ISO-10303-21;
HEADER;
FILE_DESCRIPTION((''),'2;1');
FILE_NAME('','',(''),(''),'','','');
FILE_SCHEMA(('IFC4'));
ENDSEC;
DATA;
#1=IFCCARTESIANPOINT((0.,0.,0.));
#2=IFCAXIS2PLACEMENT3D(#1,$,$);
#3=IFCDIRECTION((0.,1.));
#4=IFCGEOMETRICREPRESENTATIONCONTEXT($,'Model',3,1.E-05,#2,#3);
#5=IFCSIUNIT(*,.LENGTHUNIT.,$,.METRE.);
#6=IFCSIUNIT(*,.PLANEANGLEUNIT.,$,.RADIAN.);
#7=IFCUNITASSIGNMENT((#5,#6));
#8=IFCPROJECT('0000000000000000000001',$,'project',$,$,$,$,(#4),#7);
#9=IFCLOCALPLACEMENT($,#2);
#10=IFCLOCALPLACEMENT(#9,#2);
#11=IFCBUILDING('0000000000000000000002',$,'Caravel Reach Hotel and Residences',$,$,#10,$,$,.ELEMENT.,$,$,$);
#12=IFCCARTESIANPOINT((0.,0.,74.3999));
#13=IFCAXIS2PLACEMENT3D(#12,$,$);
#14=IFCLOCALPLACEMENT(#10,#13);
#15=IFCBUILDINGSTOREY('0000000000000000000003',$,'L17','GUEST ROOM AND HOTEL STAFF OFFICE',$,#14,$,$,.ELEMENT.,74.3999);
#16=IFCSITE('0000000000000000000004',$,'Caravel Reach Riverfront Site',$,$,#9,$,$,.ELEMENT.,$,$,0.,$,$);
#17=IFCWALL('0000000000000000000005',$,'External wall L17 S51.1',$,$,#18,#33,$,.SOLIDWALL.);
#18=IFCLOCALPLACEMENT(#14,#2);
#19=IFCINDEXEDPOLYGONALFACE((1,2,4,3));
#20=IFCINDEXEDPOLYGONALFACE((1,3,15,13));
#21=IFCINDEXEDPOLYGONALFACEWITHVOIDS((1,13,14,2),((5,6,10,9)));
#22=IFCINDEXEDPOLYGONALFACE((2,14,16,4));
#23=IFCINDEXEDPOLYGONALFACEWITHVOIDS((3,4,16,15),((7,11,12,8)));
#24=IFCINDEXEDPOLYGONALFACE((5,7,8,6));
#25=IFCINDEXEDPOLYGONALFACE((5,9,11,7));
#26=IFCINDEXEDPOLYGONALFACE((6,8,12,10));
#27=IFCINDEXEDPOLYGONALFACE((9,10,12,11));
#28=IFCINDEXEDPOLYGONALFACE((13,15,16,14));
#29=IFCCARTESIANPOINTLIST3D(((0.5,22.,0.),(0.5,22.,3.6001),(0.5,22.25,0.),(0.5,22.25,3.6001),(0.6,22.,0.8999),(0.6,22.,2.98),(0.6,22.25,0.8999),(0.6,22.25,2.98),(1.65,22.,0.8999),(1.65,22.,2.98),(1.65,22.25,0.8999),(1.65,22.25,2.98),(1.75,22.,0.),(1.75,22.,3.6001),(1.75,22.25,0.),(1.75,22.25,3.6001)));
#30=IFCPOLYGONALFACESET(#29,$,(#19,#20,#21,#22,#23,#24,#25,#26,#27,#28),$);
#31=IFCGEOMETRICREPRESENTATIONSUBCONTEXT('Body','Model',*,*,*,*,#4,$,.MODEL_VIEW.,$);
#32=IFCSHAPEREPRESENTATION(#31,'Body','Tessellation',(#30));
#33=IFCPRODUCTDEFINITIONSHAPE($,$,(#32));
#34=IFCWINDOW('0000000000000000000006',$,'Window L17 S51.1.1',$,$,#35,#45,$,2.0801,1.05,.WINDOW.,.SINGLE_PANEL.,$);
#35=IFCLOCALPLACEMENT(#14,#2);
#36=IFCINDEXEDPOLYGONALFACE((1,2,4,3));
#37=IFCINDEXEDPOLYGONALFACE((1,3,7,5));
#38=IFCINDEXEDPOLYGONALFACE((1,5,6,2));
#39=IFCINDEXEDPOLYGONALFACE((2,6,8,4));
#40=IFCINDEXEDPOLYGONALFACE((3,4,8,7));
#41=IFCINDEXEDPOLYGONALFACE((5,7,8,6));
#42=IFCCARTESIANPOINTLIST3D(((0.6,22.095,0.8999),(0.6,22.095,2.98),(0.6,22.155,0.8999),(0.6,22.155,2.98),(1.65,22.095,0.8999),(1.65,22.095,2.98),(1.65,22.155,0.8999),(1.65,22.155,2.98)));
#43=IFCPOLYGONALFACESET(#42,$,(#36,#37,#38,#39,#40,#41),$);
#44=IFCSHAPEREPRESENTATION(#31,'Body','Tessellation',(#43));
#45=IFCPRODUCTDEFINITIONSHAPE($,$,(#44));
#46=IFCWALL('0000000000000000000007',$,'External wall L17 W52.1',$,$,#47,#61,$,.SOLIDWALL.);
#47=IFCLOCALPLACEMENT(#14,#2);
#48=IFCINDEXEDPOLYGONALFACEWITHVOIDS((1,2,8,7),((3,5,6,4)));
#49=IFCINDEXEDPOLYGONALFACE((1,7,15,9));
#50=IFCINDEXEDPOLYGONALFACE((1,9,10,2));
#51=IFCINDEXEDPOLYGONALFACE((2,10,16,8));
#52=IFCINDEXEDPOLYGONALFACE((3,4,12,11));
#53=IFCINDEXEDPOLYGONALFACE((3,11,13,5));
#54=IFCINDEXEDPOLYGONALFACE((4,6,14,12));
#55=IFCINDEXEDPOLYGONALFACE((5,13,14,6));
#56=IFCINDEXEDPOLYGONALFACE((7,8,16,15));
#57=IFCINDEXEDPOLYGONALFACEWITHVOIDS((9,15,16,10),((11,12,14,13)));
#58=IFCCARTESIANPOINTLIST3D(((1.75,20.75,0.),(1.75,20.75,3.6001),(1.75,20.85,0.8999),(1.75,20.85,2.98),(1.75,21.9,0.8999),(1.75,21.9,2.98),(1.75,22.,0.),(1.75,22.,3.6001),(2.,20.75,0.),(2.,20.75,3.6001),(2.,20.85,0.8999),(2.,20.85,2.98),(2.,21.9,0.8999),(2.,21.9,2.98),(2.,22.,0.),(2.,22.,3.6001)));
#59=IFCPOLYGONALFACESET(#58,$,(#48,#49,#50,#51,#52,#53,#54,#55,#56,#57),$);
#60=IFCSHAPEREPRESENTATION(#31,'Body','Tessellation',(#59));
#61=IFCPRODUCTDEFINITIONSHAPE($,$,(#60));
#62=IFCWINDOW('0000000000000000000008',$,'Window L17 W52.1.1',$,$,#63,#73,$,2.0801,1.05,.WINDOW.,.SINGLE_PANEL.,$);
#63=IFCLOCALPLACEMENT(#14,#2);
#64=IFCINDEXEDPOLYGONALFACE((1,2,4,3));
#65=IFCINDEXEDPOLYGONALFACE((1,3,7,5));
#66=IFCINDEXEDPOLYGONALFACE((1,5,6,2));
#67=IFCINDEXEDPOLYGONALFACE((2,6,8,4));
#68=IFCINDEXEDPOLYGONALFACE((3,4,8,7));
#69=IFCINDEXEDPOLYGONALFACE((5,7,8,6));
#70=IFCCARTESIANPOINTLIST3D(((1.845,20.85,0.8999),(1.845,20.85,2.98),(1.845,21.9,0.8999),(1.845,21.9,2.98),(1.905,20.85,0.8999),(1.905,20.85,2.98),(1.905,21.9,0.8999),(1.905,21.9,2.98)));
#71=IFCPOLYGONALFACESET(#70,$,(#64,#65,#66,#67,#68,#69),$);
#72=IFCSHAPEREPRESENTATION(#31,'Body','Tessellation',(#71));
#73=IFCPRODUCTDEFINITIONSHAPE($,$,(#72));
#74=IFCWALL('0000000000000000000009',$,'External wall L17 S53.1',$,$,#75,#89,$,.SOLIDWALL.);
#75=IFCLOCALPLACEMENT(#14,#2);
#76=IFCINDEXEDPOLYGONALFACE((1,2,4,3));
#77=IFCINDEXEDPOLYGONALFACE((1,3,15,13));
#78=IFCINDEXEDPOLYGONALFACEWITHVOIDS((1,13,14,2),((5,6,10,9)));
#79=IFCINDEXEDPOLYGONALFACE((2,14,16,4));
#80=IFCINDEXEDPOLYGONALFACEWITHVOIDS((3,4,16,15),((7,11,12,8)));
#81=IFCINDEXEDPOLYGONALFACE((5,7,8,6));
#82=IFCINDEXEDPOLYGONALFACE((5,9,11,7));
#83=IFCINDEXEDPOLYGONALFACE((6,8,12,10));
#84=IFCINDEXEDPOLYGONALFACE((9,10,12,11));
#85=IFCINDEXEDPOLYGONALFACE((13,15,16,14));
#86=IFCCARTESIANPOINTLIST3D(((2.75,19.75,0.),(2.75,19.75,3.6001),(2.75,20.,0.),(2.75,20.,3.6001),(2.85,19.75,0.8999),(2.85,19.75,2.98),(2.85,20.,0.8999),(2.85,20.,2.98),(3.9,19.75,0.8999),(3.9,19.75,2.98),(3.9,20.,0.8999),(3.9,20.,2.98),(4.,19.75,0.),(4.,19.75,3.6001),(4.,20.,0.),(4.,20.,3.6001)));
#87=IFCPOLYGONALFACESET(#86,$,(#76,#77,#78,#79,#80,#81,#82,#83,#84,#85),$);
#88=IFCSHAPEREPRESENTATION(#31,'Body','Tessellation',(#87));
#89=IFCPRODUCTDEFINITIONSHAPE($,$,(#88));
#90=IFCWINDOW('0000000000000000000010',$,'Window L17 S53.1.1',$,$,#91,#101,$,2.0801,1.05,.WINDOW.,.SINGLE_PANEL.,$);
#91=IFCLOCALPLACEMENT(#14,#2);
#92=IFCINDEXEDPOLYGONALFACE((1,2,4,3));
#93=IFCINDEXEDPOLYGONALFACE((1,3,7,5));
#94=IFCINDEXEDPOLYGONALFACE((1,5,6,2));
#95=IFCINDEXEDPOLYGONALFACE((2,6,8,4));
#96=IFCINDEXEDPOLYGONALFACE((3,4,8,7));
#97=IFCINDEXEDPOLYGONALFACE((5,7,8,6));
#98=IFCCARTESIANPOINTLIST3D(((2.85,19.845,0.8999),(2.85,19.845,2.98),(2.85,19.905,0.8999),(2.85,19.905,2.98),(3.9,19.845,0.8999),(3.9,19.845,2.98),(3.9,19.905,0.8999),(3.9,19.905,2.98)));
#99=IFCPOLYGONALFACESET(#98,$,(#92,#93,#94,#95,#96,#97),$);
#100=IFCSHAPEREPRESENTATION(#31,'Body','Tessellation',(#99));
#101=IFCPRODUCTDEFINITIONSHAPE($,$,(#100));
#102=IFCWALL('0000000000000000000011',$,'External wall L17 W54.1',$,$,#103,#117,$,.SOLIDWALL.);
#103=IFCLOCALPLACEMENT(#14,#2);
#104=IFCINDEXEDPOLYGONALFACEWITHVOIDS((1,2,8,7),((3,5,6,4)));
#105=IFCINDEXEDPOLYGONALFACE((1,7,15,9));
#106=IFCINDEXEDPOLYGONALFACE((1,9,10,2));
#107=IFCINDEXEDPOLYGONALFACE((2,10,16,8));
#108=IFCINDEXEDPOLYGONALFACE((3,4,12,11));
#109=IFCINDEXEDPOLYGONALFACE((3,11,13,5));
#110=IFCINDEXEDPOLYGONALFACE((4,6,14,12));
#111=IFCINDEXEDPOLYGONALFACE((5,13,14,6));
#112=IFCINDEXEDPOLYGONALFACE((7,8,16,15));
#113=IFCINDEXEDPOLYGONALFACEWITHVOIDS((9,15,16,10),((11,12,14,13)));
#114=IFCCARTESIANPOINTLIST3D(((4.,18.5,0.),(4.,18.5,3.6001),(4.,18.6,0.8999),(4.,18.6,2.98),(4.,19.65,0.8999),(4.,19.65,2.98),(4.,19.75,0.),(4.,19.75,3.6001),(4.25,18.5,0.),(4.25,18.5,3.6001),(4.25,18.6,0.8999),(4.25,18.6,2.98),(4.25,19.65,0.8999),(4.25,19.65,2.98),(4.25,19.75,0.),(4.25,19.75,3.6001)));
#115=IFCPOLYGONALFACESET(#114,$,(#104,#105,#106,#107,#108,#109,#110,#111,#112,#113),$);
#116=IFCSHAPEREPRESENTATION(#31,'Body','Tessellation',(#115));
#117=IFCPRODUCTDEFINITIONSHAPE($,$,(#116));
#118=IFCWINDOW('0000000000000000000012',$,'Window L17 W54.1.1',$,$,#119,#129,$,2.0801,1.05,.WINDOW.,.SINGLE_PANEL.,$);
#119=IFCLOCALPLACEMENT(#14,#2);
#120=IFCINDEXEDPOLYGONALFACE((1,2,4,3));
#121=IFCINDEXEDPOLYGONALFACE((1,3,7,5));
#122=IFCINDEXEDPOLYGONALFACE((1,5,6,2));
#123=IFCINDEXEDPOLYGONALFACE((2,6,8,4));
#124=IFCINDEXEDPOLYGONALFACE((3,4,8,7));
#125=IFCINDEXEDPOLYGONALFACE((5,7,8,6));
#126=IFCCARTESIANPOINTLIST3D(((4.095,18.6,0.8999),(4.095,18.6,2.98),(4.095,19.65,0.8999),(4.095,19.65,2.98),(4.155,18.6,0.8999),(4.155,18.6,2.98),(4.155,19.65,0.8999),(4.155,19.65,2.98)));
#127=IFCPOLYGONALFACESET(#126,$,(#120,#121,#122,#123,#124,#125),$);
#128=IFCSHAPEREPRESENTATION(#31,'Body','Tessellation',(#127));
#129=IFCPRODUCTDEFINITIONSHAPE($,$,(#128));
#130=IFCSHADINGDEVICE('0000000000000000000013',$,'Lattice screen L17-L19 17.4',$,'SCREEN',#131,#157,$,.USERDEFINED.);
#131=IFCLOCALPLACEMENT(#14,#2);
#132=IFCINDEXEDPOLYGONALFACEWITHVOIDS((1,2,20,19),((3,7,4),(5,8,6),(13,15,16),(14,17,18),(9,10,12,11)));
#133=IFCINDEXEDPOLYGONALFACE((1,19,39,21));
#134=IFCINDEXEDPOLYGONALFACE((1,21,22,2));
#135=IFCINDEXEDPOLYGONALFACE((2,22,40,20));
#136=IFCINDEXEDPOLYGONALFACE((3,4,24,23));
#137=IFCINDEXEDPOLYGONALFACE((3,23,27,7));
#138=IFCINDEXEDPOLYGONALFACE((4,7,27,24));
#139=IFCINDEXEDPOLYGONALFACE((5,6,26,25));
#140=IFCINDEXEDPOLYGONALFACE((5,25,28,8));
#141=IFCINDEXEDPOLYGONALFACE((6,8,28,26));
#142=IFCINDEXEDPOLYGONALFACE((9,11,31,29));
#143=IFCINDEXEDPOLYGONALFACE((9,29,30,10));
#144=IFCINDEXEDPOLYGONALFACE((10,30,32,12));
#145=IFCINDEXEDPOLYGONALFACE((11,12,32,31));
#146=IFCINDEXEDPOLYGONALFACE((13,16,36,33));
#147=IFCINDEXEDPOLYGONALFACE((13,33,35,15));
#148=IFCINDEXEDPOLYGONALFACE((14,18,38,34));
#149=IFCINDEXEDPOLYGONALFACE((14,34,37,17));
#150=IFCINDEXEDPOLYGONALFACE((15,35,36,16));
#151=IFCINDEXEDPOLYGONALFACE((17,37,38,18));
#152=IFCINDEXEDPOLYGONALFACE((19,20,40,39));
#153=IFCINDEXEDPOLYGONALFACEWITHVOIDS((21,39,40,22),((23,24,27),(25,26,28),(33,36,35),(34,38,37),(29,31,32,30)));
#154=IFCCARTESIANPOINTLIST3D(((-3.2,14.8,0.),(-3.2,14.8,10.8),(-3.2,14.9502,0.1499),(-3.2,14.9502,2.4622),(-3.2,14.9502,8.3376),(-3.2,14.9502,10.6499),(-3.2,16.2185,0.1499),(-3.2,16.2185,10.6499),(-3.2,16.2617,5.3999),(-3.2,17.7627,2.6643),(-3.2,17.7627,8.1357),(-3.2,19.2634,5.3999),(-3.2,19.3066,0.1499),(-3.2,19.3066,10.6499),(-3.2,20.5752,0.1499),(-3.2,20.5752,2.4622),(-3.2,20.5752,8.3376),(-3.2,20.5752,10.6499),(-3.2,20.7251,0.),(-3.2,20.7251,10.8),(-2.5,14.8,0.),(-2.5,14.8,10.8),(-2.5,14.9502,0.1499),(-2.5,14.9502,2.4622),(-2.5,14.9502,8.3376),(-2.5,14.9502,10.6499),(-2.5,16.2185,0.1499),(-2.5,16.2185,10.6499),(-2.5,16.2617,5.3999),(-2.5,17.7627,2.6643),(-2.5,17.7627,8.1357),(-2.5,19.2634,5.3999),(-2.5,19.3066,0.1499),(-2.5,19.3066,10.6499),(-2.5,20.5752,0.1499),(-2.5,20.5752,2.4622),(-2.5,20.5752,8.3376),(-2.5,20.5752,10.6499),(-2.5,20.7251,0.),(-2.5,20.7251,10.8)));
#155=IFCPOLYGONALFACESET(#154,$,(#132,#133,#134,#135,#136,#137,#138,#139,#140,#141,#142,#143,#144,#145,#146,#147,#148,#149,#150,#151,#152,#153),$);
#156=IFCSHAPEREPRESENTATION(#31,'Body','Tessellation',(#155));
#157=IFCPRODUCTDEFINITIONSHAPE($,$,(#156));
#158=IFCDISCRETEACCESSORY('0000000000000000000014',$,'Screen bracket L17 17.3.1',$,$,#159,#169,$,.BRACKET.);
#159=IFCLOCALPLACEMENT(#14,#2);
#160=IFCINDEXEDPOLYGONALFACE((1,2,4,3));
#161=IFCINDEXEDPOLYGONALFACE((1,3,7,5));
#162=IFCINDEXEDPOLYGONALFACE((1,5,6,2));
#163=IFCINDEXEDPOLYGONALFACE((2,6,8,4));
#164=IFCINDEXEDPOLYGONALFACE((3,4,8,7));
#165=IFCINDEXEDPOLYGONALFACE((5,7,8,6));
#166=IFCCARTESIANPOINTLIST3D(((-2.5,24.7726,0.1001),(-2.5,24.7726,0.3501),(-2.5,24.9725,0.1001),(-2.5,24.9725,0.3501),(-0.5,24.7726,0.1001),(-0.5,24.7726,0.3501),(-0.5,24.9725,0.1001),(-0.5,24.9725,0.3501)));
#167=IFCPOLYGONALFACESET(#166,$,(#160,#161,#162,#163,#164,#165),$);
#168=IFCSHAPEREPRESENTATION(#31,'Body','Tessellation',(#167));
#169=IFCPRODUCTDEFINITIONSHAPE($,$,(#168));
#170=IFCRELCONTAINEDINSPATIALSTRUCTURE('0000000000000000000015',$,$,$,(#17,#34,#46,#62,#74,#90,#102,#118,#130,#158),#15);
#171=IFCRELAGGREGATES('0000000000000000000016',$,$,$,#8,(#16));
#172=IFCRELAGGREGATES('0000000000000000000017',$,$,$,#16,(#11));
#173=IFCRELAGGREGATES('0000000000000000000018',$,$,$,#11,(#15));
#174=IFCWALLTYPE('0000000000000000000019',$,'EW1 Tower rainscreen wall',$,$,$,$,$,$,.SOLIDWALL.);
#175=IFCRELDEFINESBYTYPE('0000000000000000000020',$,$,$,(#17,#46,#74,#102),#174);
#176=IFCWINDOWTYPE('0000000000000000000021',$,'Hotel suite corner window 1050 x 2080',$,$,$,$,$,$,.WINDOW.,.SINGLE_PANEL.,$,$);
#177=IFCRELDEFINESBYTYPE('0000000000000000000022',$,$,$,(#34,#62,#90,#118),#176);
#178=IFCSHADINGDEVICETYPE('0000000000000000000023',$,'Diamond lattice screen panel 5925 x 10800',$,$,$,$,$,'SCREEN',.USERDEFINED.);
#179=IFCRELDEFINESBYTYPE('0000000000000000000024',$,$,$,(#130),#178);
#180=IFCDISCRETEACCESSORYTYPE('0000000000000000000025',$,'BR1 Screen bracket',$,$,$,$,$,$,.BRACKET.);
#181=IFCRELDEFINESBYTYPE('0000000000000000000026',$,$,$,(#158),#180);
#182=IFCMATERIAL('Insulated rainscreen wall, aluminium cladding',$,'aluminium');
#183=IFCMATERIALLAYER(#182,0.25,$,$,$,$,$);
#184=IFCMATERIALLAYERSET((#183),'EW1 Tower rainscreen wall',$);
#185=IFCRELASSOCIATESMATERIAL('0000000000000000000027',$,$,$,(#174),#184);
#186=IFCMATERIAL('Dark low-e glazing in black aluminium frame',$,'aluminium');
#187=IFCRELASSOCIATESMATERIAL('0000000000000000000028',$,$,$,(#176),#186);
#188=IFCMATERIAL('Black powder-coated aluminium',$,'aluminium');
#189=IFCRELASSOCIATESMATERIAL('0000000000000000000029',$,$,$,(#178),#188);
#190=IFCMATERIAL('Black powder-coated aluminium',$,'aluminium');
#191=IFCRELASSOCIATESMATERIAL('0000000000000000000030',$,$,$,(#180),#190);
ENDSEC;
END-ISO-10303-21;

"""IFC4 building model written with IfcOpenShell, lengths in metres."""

from ifc_helpers import new_model, si_unit, direction, frame, frame_2d, origin, origin_2d, place, context, subcontext, project, spatial, polyline, rectangle, outline, extrude, material, layer, layer_set, type_object, element, fill, save


model = new_model("IFC4")

# Units and contexts
model_context = context("Model", 3, precision=1e-05, world=origin(), true_north=direction((0.0, 1.0)))
body_context = subcontext(model_context, "Body", "Model", "MODEL_VIEW")
ifc_project = project(units=[si_unit("LENGTHUNIT", "METRE"), si_unit("PLANEANGLEUNIT", "RADIAN")], contexts=[model_context])

# Site, building, storey
site_placement = place(None, origin())
site = spatial("IfcSite", under=ifc_project, at=site_placement, Name="Caravel Reach Riverfront Site", CompositionType="ELEMENT", RefElevation=0.0)
building_placement = place(site_placement, origin())
building = spatial("IfcBuilding", under=site, at=building_placement, Name="Caravel Reach Hotel and Residences", CompositionType="ELEMENT")
storey_placement = place(building_placement, frame((0.0, 0.0, 74.3999)))
storey = spatial("IfcBuildingStorey", under=building, at=storey_placement, Name="L17", Description="GUEST ROOM AND HOTEL STAFF OFFICE", CompositionType="ELEMENT", Elevation=74.3999)

# Walls, openings, windows
ifc_material_1 = material(Name="Insulated rainscreen wall, aluminium cladding", Category="aluminium")
ifc_layer = layer(ifc_material_1, 0.25)
ifc_layer_set = layer_set([ifc_layer], Name="EW1 Tower rainscreen wall")
wall_type = type_object("IfcWallType", Name="EW1 Tower rainscreen wall", PredefinedType="SOLIDWALL", material=ifc_layer_set)
wall_1_placement = place(storey_placement, frame((0.5, 22.125, 0.0), z_axis=(0.0, 0.0, 1.0), x_axis=(1.0, 0.0, 0.0)))
wall_1 = element("IfcWall", 1, at=wall_1_placement, inside=storey, type_object=wall_type, Name="External wall L17 S51.1", PredefinedType="SOLIDWALL", context=body_context, shape_type="SweptSolid", body=[
    extrude(rectangle(XDim=1.25, YDim=0.25, at=frame_2d((0.625, 0.0))), origin(), (0.0, 0.0, 1.0), 3.6001),
])
opening_1_placement = place(wall_1_placement, frame((0.1001, 0.0, 0.8999)))
opening_1 = element("IfcOpeningElement", 2, at=opening_1_placement, cuts=wall_1, PredefinedType="OPENING", context=body_context, shape_type="SweptSolid", body=[
    extrude(rectangle(XDim=1.05, YDim=2.0801, at=frame_2d((0.5249, 1.04))), frame((0.0, 0.135, 0.0), z_axis=(0.0, -1.0, 0.0), x_axis=(1.0, 0.0, 0.0)), (0.0, 0.0, 1.0), 0.27),
])
ifc_material_2 = material(Name="Dark low-e glazing in black aluminium frame", Category="aluminium")
window_type = type_object("IfcWindowType", Name="Hotel suite corner window 1050 x 2080", PartitioningType="SINGLE_PANEL", PredefinedType="WINDOW", material=ifc_material_2)
window_1_placement = place(opening_1_placement, origin())
window_1 = element("IfcWindow", 3, at=window_1_placement, inside=storey, type_object=window_type, Name="Window L17 S51.1.1", OverallHeight=2.0801, OverallWidth=1.05, PartitioningType="SINGLE_PANEL", PredefinedType="WINDOW", context=body_context, shape_type="SweptSolid", body=[
    extrude(rectangle(XDim=1.05, YDim=2.0801, at=frame_2d((0.5249, 1.04))), frame((0.0, 0.03, 0.0), z_axis=(0.0, -1.0, 0.0), x_axis=(1.0, 0.0, 0.0)), (0.0, 0.0, 1.0), 0.0601),
])
fill(opening_1, window_1)
wall_2_placement = place(storey_placement, frame((1.875, 22.0, 0.0), z_axis=(0.0, 0.0, 1.0), x_axis=(0.0, -1.0, 0.0)))
wall_2 = element("IfcWall", 4, at=wall_2_placement, inside=storey, type_object=wall_type, Name="External wall L17 W52.1", PredefinedType="SOLIDWALL", context=body_context, shape_type="SweptSolid", body=[
    extrude(rectangle(XDim=1.25, YDim=0.25, at=frame_2d((0.625, 0.0))), origin(), (0.0, 0.0, 1.0), 3.6001),
])
opening_2_placement = place(wall_2_placement, frame((0.1001, 0.0, 0.8999)))
opening_2 = element("IfcOpeningElement", 5, at=opening_2_placement, cuts=wall_2, PredefinedType="OPENING", context=body_context, shape_type="SweptSolid", body=[
    extrude(rectangle(XDim=1.05, YDim=2.0801, at=frame_2d((0.5249, 1.04))), frame((0.0, 0.135, 0.0), z_axis=(0.0, -1.0, 0.0), x_axis=(1.0, 0.0, 0.0)), (0.0, 0.0, 1.0), 0.27),
])
window_2_placement = place(opening_2_placement, origin())
window_2 = element("IfcWindow", 6, at=window_2_placement, inside=storey, type_object=window_type, Name="Window L17 W52.1.1", OverallHeight=2.0801, OverallWidth=1.05, PartitioningType="SINGLE_PANEL", PredefinedType="WINDOW", context=body_context, shape_type="SweptSolid", body=[
    extrude(rectangle(XDim=1.05, YDim=2.0801, at=frame_2d((0.5249, 1.04))), frame((0.0, 0.03, 0.0), z_axis=(0.0, -1.0, 0.0), x_axis=(1.0, 0.0, 0.0)), (0.0, 0.0, 1.0), 0.0601),
])
fill(opening_2, window_2)
wall_3_placement = place(storey_placement, frame((2.75, 19.875, 0.0), z_axis=(0.0, 0.0, 1.0), x_axis=(1.0, 0.0, 0.0)))
wall_3 = element("IfcWall", 7, at=wall_3_placement, inside=storey, type_object=wall_type, Name="External wall L17 S53.1", PredefinedType="SOLIDWALL", context=body_context, shape_type="SweptSolid", body=[
    extrude(rectangle(XDim=1.25, YDim=0.25, at=frame_2d((0.625, 0.0))), origin(), (0.0, 0.0, 1.0), 3.6001),
])
opening_3_placement = place(wall_3_placement, frame((0.1001, 0.0, 0.8999)))
opening_3 = element("IfcOpeningElement", 8, at=opening_3_placement, cuts=wall_3, PredefinedType="OPENING", context=body_context, shape_type="SweptSolid", body=[
    extrude(rectangle(XDim=1.05, YDim=2.0801, at=frame_2d((0.5249, 1.04))), frame((0.0, 0.135, 0.0), z_axis=(0.0, -1.0, 0.0), x_axis=(1.0, 0.0, 0.0)), (0.0, 0.0, 1.0), 0.27),
])
window_3_placement = place(opening_3_placement, origin())
window_3 = element("IfcWindow", 9, at=window_3_placement, inside=storey, type_object=window_type, Name="Window L17 S53.1.1", OverallHeight=2.0801, OverallWidth=1.05, PartitioningType="SINGLE_PANEL", PredefinedType="WINDOW", context=body_context, shape_type="SweptSolid", body=[
    extrude(rectangle(XDim=1.05, YDim=2.0801, at=frame_2d((0.5249, 1.04))), frame((0.0, 0.03, 0.0), z_axis=(0.0, -1.0, 0.0), x_axis=(1.0, 0.0, 0.0)), (0.0, 0.0, 1.0), 0.0601),
])
fill(opening_3, window_3)
wall_4_placement = place(storey_placement, frame((4.125, 19.75, 0.0), z_axis=(0.0, 0.0, 1.0), x_axis=(0.0, -1.0, 0.0)))
wall_4 = element("IfcWall", 10, at=wall_4_placement, inside=storey, type_object=wall_type, Name="External wall L17 W54.1", PredefinedType="SOLIDWALL", context=body_context, shape_type="SweptSolid", body=[
    extrude(rectangle(XDim=1.25, YDim=0.25, at=frame_2d((0.625, 0.0))), origin(), (0.0, 0.0, 1.0), 3.6001),
])
opening_4_placement = place(wall_4_placement, frame((0.1001, 0.0, 0.8999)))
opening_4 = element("IfcOpeningElement", 11, at=opening_4_placement, cuts=wall_4, PredefinedType="OPENING", context=body_context, shape_type="SweptSolid", body=[
    extrude(rectangle(XDim=1.05, YDim=2.0801, at=frame_2d((0.5249, 1.04))), frame((0.0, 0.135, 0.0), z_axis=(0.0, -1.0, 0.0), x_axis=(1.0, 0.0, 0.0)), (0.0, 0.0, 1.0), 0.27),
])
window_4_placement = place(opening_4_placement, origin())
window_4 = element("IfcWindow", 12, at=window_4_placement, inside=storey, type_object=window_type, Name="Window L17 W54.1.1", OverallHeight=2.0801, OverallWidth=1.05, PartitioningType="SINGLE_PANEL", PredefinedType="WINDOW", context=body_context, shape_type="SweptSolid", body=[
    extrude(rectangle(XDim=1.05, YDim=2.0801, at=frame_2d((0.5249, 1.04))), frame((0.0, 0.03, 0.0), z_axis=(0.0, -1.0, 0.0), x_axis=(1.0, 0.0, 0.0)), (0.0, 0.0, 1.0), 0.0601),
])
fill(opening_4, window_4)

# Shading device
ifc_material_3 = material(Name="Black powder-coated aluminium", Category="aluminium")
shading_device_type = type_object("IfcShadingDeviceType", Name="Diamond lattice screen panel 5925 x 10800", ElementType="SCREEN", PredefinedType="USERDEFINED", material=ifc_material_3)
shading_device_placement = place(storey_placement, frame((-2.5, 20.7251, 0.0), z_axis=(-1.0, 0.0, 0.0), x_axis=(0.0, -1.0, 0.0)))
element("IfcShadingDevice", 13, at=shading_device_placement, inside=storey, type_object=shading_device_type, Name="Lattice screen L17-L19 17.4", ObjectType="SCREEN", PredefinedType="USERDEFINED", context=body_context, shape_type="SweptSolid", body=[
    extrude(outline(polyline([(0.0, 0.0), (5.925, 0.0), (5.925, 10.8), (0.0, 10.8), (0.0, 0.0)]), holes=[polyline([(1.4185, 0.1499), (0.1499, 2.4622), (0.1499, 0.1499), (1.4185, 0.1499)]), polyline([(0.1499, 8.3376), (1.4185, 10.6499), (0.1499, 10.6499), (0.1499, 8.3376)]), polyline([(2.9624, 8.1357), (1.4617, 5.3999), (2.9624, 2.6643), (4.4634, 5.3999), (2.9624, 8.1357)]), polyline([(5.7749, 2.4622), (4.5066, 0.1499), (5.7749, 0.1499), (5.7749, 2.4622)]), polyline([(4.5066, 10.6499), (5.7749, 8.3376), (5.7749, 10.6499), (4.5066, 10.6499)])]), origin(), (0.0, 0.0, 1.0), 0.7),
])

# Discrete accessory
ifc_material_4 = material(Name="Black powder-coated aluminium", Category="aluminium")
discrete_accessory_type = type_object("IfcDiscreteAccessoryType", Name="BR1 Screen bracket", PredefinedType="BRACKET", material=ifc_material_4)
discrete_accessory_placement = place(storey_placement, frame((-1.5, 24.8726, 0.1001), z_axis=(0.0, 0.0, 1.0), x_axis=(-1.0, 0.0, 0.0)))
element("IfcDiscreteAccessory", 14, at=discrete_accessory_placement, inside=storey, type_object=discrete_accessory_type, Name="Screen bracket L17 17.3.1", PredefinedType="BRACKET", context=body_context, shape_type="SweptSolid", body=[
    extrude(rectangle(XDim=2.0, YDim=0.2, at=origin_2d()), origin(), (0.0, 0.0, 1.0), 0.25),
])

save(model, "model.ifc")
